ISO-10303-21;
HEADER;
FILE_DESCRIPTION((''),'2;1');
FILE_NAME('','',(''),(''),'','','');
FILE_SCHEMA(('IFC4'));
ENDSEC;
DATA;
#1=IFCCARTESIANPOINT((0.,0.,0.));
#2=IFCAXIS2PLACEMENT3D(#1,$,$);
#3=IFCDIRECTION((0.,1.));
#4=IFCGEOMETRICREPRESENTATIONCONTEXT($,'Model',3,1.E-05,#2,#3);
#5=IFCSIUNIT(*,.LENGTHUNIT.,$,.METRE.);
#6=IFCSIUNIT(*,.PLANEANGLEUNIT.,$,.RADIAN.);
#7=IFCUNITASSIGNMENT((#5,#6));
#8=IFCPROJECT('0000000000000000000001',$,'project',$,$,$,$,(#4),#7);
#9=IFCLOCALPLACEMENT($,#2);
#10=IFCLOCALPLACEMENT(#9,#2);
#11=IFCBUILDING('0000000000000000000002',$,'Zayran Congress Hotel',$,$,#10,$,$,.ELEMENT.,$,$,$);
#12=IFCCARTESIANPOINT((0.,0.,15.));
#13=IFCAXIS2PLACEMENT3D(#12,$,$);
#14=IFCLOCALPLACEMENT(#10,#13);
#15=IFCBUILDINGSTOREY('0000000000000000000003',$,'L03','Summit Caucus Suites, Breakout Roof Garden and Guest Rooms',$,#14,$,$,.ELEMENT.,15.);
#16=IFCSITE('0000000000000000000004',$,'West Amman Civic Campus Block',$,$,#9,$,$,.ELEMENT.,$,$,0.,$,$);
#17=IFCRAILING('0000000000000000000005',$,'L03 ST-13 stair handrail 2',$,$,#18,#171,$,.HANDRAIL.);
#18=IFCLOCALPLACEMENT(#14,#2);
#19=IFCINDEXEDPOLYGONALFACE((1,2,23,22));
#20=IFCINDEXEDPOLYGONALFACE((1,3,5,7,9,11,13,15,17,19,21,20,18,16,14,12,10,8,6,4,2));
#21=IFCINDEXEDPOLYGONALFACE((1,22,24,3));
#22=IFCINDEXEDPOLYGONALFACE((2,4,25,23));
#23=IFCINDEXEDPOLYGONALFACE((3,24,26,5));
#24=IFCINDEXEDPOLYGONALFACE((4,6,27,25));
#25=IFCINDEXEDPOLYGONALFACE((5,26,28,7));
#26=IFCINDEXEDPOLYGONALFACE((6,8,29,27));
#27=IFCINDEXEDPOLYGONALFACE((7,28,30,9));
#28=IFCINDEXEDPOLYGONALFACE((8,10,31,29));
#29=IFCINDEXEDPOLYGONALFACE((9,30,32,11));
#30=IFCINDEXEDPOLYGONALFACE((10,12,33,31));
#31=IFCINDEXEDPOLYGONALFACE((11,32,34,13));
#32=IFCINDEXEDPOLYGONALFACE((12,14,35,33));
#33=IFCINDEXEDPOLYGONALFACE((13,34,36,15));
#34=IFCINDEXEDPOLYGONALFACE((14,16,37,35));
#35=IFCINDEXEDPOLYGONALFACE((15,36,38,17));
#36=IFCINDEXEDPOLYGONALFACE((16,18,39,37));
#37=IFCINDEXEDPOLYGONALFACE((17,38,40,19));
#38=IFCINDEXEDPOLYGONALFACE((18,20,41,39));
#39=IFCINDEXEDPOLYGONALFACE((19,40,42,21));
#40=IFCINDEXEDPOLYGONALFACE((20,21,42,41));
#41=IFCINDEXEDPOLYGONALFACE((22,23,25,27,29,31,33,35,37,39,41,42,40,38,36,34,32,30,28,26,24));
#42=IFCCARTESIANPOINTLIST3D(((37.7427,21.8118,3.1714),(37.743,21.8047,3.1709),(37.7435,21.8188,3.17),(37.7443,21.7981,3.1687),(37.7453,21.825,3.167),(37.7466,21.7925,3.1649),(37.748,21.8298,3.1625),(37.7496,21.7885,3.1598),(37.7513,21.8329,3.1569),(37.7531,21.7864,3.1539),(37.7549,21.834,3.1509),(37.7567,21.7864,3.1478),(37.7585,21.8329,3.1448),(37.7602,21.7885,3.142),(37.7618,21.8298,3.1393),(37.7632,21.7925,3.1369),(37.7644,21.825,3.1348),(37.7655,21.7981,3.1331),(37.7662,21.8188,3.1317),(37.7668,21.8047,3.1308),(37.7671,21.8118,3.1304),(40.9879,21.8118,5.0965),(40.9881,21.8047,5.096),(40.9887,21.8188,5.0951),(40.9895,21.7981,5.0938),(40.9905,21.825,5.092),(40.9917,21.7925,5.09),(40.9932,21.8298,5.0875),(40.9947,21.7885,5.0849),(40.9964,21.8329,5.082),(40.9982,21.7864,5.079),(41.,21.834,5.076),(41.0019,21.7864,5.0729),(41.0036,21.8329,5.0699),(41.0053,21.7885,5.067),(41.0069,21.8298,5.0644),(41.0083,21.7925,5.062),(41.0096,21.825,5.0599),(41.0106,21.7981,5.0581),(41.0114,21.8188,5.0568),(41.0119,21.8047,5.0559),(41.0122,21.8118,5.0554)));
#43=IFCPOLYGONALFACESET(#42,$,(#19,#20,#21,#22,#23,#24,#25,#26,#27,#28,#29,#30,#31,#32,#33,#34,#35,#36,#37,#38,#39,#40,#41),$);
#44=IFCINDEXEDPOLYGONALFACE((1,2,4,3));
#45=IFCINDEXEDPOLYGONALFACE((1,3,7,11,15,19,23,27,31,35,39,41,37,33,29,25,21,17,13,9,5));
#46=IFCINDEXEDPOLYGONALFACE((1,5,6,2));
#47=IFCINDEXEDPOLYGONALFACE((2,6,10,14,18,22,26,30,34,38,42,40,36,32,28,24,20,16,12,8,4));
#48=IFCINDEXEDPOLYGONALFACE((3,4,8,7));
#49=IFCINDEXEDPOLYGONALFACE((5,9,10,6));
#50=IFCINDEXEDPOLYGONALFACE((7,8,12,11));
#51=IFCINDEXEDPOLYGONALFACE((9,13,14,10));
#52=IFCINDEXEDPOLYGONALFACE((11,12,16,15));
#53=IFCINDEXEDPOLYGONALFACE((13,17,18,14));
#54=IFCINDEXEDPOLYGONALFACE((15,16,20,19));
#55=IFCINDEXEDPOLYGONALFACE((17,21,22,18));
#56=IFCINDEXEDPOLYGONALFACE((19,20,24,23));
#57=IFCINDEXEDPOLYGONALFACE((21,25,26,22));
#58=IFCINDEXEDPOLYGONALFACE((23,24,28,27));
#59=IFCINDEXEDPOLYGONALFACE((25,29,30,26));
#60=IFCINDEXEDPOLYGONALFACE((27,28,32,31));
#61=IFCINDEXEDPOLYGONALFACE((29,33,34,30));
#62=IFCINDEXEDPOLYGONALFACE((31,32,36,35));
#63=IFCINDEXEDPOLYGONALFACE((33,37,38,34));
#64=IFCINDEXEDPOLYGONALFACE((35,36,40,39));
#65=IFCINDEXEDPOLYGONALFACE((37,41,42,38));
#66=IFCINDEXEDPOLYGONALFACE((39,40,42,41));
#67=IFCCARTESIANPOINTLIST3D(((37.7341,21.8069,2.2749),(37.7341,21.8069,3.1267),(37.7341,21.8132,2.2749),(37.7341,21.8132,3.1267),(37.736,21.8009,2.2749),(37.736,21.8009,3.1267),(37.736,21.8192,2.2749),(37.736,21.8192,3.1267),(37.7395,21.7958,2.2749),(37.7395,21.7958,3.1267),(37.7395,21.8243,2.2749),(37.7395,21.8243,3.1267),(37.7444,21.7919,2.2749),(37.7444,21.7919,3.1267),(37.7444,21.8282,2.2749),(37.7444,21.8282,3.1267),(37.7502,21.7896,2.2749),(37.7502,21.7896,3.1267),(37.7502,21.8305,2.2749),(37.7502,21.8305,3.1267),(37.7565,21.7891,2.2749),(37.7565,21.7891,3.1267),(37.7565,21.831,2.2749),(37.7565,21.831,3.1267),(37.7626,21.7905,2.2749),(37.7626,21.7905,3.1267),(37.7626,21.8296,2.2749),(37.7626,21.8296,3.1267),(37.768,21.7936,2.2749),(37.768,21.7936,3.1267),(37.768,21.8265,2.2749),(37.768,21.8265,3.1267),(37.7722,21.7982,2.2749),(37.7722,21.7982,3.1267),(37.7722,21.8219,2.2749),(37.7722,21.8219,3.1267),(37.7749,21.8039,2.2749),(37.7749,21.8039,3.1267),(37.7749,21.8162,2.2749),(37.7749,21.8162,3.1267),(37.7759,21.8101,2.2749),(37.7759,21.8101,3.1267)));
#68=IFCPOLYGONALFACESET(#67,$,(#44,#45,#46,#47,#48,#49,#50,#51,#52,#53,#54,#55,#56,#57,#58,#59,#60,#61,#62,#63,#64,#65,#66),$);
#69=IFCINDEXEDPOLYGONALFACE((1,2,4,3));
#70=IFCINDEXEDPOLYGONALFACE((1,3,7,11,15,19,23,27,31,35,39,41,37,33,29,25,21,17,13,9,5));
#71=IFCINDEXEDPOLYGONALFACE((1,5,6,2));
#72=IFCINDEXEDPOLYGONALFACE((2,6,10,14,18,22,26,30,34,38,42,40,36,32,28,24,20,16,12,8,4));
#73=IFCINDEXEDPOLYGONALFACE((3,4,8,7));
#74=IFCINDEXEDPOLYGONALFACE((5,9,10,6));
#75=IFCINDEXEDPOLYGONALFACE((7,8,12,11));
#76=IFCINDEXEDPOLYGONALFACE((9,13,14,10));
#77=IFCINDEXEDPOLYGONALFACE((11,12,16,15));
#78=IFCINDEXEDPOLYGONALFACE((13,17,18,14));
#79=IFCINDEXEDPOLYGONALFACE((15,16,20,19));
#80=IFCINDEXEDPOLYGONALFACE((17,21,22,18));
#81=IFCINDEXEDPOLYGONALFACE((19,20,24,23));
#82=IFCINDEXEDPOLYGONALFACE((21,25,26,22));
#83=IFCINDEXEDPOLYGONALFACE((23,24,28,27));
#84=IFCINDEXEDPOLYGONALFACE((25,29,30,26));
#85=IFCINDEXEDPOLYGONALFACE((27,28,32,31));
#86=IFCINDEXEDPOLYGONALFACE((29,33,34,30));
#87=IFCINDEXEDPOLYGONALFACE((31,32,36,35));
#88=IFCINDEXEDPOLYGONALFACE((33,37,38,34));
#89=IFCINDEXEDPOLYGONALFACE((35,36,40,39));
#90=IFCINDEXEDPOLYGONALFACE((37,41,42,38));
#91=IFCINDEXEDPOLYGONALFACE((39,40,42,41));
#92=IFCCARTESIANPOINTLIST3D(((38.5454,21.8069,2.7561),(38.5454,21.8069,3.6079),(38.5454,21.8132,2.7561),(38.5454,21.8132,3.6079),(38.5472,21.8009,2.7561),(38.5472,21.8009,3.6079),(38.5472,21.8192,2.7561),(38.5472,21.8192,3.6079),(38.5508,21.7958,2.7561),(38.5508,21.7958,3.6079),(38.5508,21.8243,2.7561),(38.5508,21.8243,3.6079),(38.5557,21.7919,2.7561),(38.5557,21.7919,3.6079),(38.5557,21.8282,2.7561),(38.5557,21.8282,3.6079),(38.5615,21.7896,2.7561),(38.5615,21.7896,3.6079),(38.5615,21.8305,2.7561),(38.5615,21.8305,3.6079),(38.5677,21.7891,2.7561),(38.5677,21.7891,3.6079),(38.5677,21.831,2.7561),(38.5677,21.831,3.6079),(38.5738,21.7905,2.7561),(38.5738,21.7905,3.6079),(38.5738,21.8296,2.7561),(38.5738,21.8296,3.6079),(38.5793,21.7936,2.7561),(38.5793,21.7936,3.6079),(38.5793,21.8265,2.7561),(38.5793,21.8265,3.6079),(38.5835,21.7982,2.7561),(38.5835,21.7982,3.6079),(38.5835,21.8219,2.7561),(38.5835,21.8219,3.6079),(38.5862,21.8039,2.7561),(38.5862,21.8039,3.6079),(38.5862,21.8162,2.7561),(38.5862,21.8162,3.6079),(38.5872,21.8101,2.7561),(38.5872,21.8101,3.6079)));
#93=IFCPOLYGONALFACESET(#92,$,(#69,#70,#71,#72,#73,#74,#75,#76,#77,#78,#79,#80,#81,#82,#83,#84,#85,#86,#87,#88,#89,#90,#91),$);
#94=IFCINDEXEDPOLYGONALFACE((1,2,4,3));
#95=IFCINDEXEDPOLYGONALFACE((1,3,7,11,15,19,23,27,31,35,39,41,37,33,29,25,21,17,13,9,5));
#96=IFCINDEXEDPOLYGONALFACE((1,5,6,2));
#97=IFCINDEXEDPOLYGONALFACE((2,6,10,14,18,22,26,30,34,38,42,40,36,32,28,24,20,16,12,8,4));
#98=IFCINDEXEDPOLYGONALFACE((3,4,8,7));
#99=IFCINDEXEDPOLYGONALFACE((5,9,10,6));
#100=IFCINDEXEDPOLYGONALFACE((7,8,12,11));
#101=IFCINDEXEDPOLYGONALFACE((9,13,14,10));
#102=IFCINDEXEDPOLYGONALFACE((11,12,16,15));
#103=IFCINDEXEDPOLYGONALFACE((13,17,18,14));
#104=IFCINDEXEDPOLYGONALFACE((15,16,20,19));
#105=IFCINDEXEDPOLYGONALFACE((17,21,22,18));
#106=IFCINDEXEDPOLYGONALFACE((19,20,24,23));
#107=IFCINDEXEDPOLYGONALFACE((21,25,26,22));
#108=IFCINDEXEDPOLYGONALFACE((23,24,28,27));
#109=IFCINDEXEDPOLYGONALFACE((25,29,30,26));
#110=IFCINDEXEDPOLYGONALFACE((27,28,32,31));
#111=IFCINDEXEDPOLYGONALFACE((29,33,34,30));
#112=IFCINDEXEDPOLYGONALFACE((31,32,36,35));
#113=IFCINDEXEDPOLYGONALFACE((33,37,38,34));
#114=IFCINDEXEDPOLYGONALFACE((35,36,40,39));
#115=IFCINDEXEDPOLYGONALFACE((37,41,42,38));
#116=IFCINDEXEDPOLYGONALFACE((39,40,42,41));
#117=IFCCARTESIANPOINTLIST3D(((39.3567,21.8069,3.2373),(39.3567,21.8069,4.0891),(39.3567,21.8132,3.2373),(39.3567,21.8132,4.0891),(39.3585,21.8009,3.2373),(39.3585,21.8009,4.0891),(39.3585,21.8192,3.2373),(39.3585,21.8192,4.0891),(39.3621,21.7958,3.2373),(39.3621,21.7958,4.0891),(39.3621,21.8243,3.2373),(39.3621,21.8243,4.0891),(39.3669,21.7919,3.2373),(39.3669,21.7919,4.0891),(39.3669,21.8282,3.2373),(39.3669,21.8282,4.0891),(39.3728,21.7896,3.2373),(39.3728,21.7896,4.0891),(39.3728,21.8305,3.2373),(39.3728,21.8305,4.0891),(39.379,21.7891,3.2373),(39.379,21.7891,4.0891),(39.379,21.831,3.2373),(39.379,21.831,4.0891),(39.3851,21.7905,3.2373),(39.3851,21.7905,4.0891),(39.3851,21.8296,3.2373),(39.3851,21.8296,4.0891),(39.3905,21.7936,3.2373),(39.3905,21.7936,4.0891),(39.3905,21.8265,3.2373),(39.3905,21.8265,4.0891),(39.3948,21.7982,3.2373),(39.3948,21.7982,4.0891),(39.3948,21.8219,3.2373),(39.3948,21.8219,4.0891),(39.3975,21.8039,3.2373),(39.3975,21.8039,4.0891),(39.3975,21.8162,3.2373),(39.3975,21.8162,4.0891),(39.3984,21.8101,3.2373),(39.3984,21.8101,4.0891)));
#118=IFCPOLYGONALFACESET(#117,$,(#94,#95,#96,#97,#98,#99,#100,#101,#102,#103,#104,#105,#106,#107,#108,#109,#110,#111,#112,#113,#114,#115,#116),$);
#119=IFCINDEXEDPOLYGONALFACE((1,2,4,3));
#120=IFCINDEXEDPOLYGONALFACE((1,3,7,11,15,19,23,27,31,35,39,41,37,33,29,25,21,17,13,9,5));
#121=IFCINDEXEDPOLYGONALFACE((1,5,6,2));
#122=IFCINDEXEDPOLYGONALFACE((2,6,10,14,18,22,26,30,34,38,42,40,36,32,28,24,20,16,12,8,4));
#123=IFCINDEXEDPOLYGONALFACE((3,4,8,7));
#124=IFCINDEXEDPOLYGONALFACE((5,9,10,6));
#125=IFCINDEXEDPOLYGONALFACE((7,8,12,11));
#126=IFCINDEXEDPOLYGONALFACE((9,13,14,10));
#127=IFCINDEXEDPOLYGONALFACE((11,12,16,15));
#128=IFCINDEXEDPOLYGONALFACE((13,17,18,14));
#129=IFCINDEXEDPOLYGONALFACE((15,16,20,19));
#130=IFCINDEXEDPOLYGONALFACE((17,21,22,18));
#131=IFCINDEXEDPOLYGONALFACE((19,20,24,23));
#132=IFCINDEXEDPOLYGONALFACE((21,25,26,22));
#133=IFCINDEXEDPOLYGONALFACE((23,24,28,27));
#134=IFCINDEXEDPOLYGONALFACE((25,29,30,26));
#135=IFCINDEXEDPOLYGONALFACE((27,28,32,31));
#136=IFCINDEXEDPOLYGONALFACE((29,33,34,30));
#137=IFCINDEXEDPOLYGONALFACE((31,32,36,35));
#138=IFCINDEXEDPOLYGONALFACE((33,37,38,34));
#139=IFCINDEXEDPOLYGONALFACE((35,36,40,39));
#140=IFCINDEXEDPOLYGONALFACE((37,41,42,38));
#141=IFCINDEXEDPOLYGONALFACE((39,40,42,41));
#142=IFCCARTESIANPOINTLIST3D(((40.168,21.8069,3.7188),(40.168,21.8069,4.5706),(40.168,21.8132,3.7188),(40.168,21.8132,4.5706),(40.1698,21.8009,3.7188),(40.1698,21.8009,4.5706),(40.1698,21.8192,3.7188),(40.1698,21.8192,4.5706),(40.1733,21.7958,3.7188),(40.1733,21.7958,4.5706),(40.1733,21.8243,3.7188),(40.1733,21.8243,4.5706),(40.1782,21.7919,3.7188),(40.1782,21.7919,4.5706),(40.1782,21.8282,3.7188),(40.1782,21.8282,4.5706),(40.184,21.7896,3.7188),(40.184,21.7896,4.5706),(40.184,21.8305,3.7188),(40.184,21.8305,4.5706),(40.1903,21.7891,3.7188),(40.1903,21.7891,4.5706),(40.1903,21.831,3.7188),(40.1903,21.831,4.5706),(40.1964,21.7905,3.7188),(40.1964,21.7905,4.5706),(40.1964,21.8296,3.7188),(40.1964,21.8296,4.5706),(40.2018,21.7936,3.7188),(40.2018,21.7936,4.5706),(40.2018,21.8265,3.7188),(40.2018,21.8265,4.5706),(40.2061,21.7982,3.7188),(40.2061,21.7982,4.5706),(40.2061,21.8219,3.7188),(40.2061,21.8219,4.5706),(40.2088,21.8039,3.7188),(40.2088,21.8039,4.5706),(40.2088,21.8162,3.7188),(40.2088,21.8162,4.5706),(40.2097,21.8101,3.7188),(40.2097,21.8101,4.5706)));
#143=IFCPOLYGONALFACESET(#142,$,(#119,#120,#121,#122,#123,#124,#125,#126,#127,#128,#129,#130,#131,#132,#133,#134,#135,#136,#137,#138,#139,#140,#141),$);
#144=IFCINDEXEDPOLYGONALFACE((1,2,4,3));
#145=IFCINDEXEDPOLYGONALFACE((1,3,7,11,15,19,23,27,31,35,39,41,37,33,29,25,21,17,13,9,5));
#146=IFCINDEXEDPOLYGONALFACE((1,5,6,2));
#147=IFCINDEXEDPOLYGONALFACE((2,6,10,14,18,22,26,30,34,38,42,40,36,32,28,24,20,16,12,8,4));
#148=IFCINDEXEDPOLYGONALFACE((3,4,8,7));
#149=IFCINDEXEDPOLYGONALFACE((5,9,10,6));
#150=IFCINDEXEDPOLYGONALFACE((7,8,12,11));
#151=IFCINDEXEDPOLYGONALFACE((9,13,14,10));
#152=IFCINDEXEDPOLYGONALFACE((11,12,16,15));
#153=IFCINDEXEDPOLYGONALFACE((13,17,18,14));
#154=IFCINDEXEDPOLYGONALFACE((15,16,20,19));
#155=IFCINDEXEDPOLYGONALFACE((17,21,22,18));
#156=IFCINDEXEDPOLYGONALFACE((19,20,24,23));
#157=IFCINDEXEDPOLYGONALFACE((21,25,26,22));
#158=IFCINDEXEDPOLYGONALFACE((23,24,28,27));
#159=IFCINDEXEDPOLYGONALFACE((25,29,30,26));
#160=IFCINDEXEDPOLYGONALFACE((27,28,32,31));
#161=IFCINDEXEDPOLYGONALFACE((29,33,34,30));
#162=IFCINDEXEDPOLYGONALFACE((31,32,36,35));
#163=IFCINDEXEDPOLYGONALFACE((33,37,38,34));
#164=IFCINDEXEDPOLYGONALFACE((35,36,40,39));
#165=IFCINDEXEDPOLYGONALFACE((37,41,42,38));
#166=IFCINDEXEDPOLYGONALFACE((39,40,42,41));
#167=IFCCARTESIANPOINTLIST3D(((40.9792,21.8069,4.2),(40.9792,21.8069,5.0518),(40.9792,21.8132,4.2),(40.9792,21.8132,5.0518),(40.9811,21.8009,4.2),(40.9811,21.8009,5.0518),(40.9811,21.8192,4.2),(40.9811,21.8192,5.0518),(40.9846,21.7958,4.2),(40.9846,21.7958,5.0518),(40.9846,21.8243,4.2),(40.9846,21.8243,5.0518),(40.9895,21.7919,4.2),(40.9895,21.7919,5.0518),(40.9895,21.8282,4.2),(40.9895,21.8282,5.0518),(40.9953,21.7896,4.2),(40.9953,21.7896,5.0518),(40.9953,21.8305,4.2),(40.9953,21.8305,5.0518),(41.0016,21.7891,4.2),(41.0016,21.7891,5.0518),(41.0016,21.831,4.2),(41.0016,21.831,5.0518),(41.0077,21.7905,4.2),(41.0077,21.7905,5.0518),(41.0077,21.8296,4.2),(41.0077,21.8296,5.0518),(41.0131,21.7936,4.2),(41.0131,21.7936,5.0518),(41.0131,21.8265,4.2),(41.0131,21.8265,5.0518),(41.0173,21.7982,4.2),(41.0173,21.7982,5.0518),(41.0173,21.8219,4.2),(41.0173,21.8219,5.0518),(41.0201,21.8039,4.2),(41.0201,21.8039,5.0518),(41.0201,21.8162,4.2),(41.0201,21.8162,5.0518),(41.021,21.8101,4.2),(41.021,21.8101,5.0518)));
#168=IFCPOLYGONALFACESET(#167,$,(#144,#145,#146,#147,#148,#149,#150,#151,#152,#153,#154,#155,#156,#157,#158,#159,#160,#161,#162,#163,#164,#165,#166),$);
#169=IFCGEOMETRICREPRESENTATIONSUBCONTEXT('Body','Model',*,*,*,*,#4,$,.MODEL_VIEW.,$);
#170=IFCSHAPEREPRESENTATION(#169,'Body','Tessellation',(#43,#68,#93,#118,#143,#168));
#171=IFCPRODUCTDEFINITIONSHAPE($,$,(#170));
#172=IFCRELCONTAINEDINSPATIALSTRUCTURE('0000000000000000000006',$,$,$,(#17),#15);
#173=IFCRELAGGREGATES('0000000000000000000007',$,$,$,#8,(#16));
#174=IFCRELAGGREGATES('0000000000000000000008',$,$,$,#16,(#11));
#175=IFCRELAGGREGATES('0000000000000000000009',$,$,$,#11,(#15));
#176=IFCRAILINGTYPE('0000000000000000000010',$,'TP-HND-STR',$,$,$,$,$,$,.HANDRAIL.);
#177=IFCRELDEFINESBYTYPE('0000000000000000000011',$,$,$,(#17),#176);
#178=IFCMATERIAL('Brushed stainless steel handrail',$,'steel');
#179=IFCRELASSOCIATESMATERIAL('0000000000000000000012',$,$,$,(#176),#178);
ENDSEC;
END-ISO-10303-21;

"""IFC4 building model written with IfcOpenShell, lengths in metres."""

from ifc_helpers import new_model, si_unit, direction, frame, origin, origin_2d, place, context, subcontext, project, spatial, circle, extrude, material, type_object, element, save


model = new_model("IFC4")

# Units and contexts
model_context = context("Model", 3, precision=1e-05, world=origin(), true_north=direction((0.0, 1.0)))
body_context = subcontext(model_context, "Body", "Model", "MODEL_VIEW")
ifc_project = project(units=[si_unit("LENGTHUNIT", "METRE"), si_unit("PLANEANGLEUNIT", "RADIAN")], contexts=[model_context])

# Site, building, storey
site_placement = place(None, origin())
site = spatial("IfcSite", under=ifc_project, at=site_placement, Name="West Amman Civic Campus Block", CompositionType="ELEMENT", RefElevation=0.0)
building_placement = place(site_placement, origin())
building = spatial("IfcBuilding", under=site, at=building_placement, Name="Zayran Congress Hotel", CompositionType="ELEMENT")
storey_placement = place(building_placement, frame((0.0, 0.0, 15.0)))
storey = spatial("IfcBuildingStorey", under=building, at=storey_placement, Name="L03", Description="Summit Caucus Suites, Breakout Roof Garden and Guest Rooms", CompositionType="ELEMENT", Elevation=15.0)

# Railing
ifc_material_1 = material(Name="Brushed stainless steel handrail", Category="steel")
railing_type_1 = type_object("IfcRailingType", Name="TP-HND-STR", PredefinedType="HANDRAIL", material=ifc_material_1)
railing_1_placement = place(storey_placement, frame((37.7549, 21.8101, 2.2749)))
element("IfcRailing", 1, at=railing_1_placement, inside=storey, type_object=railing_type_1, Name="L03 ST-13 stair handrail 2", PredefinedType="HANDRAIL", context=body_context, shape_type="SweptSolid", body=[
    extrude(circle(Radius=0.0239, at=origin_2d()), frame((0.0, 0.0, 0.876), z_axis=(0.860057, 0.0, 0.510198), x_axis=(0.0, 1.0, 0.0)), (0.0, 0.0, 1.0), 3.7732),
    extrude(circle(Radius=0.021, at=origin_2d()), origin(), (0.0, 0.0, 1.0), 0.8518),
    extrude(circle(Radius=0.021, at=origin_2d()), frame((0.8113, 0.0, 0.4812)), (0.0, 0.0, 1.0), 0.8518),
    extrude(circle(Radius=0.021, at=origin_2d()), frame((1.6226, 0.0, 0.9624)), (0.0, 0.0, 1.0), 0.8518),
    extrude(circle(Radius=0.021, at=origin_2d()), frame((2.4338, 0.0, 1.4438)), (0.0, 0.0, 1.0), 0.8518),
    extrude(circle(Radius=0.021, at=origin_2d()), frame((3.2451, 0.0, 1.925)), (0.0, 0.0, 1.0), 0.8518),
])

save(model, "model.ifc")
